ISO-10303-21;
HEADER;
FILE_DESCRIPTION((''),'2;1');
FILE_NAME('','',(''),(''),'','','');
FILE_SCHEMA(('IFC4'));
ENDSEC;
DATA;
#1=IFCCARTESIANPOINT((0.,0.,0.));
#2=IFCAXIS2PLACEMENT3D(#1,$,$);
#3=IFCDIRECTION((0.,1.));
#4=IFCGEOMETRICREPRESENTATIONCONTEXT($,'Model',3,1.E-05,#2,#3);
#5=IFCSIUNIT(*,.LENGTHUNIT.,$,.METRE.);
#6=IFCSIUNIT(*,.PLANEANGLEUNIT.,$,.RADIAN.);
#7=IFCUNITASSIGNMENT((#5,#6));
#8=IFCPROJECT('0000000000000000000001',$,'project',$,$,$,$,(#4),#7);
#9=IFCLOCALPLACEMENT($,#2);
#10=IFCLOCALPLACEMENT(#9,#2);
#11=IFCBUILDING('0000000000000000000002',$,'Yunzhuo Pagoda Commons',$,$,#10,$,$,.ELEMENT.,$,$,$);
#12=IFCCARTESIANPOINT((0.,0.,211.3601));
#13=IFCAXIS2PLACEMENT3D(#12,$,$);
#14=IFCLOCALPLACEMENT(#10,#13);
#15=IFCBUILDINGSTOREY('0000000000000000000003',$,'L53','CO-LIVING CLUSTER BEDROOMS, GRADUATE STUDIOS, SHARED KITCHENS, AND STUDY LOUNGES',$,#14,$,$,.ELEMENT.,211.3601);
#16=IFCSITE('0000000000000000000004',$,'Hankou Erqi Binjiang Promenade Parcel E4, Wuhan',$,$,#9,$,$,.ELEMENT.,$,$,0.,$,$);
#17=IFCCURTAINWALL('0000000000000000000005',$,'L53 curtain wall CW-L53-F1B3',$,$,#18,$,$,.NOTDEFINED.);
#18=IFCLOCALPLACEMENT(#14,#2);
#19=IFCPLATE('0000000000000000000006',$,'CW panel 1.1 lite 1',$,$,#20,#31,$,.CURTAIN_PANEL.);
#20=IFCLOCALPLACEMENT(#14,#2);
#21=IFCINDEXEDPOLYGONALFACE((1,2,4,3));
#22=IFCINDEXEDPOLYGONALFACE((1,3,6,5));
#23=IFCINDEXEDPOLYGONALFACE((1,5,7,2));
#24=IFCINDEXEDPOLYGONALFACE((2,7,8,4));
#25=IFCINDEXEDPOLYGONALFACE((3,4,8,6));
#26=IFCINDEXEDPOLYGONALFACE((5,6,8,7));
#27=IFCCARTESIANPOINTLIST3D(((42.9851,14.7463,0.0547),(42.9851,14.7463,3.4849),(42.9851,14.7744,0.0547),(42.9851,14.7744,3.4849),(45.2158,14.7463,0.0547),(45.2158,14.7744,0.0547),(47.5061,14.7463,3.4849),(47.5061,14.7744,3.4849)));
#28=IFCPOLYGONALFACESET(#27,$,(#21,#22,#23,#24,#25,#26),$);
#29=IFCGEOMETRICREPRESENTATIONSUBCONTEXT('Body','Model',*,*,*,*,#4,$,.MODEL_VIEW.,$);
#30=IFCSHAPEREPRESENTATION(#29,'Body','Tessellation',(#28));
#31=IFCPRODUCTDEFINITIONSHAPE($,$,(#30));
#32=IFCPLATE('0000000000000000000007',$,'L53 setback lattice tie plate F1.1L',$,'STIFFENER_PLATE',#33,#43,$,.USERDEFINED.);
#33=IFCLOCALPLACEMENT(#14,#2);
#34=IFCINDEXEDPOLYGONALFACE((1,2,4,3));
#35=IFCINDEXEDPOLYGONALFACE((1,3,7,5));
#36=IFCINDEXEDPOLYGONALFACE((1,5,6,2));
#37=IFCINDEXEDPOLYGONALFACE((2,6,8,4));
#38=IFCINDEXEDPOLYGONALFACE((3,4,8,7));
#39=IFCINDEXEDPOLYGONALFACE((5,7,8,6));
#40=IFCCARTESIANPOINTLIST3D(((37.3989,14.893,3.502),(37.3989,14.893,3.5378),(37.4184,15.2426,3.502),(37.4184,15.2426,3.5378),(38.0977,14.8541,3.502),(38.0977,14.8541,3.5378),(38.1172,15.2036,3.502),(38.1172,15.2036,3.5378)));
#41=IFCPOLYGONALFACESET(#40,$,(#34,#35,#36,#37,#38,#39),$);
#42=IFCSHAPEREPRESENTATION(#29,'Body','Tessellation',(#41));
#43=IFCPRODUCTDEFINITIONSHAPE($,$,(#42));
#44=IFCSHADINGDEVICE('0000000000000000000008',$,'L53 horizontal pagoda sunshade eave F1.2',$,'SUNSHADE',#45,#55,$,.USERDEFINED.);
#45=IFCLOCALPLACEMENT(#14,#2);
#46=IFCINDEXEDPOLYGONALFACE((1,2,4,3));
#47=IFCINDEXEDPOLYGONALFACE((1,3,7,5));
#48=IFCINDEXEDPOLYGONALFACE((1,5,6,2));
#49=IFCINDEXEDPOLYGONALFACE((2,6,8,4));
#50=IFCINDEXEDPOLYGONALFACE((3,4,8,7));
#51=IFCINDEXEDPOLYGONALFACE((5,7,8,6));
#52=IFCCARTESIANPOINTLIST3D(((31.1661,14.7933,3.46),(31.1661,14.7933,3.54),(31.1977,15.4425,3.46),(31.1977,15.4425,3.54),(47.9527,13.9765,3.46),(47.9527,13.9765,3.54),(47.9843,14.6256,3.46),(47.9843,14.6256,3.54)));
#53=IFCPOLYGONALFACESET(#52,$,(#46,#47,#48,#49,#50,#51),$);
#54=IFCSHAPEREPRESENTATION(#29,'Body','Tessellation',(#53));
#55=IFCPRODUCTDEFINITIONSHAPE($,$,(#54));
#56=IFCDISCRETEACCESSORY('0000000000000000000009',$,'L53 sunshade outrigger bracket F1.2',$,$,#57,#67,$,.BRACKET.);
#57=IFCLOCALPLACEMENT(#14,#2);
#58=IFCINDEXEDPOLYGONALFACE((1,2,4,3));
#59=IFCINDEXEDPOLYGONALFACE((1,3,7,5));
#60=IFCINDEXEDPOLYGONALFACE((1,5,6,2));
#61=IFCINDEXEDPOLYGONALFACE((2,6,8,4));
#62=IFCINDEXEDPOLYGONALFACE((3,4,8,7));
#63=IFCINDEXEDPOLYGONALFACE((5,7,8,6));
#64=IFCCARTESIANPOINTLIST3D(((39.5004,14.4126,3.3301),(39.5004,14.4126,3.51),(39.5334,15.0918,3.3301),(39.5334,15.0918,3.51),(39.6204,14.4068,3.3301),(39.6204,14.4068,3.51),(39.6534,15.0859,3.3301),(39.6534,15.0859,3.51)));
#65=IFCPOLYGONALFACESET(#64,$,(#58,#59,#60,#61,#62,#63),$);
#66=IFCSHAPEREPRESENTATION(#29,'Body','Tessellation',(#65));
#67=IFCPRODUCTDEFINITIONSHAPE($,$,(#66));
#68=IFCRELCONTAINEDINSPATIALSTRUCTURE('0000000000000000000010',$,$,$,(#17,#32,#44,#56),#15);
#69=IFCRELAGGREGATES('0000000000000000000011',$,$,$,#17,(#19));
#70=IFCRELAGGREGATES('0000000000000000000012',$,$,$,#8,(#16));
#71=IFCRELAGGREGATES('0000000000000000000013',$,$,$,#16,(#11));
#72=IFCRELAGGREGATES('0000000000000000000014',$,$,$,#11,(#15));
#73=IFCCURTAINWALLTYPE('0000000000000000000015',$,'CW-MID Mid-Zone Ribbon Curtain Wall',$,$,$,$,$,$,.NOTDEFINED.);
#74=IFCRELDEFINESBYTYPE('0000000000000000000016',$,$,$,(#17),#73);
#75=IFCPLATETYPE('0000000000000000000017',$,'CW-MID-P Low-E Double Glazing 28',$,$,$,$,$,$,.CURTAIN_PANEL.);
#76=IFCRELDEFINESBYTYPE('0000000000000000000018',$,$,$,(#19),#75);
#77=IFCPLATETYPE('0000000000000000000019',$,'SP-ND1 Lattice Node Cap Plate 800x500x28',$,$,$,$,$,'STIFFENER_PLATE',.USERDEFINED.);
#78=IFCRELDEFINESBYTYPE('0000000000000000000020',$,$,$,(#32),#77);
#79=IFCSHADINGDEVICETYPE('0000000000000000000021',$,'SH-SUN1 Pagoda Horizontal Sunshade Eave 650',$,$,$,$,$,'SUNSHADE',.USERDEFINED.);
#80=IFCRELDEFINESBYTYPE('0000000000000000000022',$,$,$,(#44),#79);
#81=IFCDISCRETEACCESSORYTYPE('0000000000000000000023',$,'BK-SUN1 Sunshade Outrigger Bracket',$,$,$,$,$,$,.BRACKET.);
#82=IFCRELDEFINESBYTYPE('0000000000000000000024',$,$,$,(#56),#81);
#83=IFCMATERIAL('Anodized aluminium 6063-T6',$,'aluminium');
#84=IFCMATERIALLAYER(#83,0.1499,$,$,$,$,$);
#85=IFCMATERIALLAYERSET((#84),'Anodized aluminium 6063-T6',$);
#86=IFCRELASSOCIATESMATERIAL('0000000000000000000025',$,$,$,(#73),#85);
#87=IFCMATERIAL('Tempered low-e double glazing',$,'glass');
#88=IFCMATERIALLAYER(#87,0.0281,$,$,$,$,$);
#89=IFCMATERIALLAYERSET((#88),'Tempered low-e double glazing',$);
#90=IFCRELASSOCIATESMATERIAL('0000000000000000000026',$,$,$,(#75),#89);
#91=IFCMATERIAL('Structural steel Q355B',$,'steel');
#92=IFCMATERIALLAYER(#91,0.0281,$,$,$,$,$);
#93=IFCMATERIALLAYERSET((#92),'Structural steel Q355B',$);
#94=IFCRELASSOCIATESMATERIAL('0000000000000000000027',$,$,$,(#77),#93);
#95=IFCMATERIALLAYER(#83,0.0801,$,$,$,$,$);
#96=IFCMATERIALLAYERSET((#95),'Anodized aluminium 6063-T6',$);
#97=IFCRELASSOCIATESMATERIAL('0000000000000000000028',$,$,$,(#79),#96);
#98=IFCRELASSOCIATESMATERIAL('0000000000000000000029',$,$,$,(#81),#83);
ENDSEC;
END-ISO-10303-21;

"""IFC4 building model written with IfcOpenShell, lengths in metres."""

from ifc_helpers import new_model, si_unit, direction, frame, origin, origin_2d, place, context, subcontext, project, spatial, polyline, rectangle, outline, extrude, source, transform, mapped, material, layer, layer_set, type_object, element, aggregate, save


model = new_model("IFC4")

# Units and contexts
model_context = context("Model", 3, precision=1e-05, world=origin(), true_north=direction((0.0, 1.0)))
body_context = subcontext(model_context, "Body", "Model", "MODEL_VIEW")
ifc_project = project(units=[si_unit("LENGTHUNIT", "METRE"), si_unit("PLANEANGLEUNIT", "RADIAN")], contexts=[model_context])

# Site, building, storey
site_placement = place(None, origin())
site = spatial("IfcSite", under=ifc_project, at=site_placement, Name="Hankou Erqi Binjiang Promenade Parcel E4, Wuhan", CompositionType="ELEMENT", RefElevation=0.0)
building_placement = place(site_placement, origin())
building = spatial("IfcBuilding", under=site, at=building_placement, Name="Yunzhuo Pagoda Commons", CompositionType="ELEMENT")
storey_placement = place(building_placement, frame((0.0, 0.0, 211.3601)))
storey = spatial("IfcBuildingStorey", under=building, at=storey_placement, Name="L53", Description="CO-LIVING CLUSTER BEDROOMS, GRADUATE STUDIOS, SHARED KITCHENS, AND STUDY LOUNGES", CompositionType="ELEMENT", Elevation=211.3601)

# Shared definitions
ifc_material_1 = material(Name="Structural steel Q355B", Category="steel")

# Shared definitions
ifc_material_2 = material(Name="Anodized aluminium 6063-T6", Category="aluminium")
ifc_layer_1 = layer(ifc_material_2, 0.1499)
ifc_layer_set_1 = layer_set([ifc_layer_1], Name="Anodized aluminium 6063-T6")
curtain_wall_type = type_object("IfcCurtainWallType", Name="CW-MID Mid-Zone Ribbon Curtain Wall", PredefinedType="NOTDEFINED", material=ifc_layer_set_1)

# Curtain wall
curtain_wall_1_placement = place(storey_placement, origin())
curtain_wall_1 = element("IfcCurtainWall", 1, at=curtain_wall_1_placement, inside=storey, type_object=curtain_wall_type, Name="L53 curtain wall CW-L53-F1B3", PredefinedType="NOTDEFINED")

# Plates
ifc_material_3 = material(Name="Tempered low-e double glazing", Category="glass")
ifc_layer_2 = layer(ifc_material_3, 0.0281)
ifc_layer_set_2 = layer_set([ifc_layer_2], Name="Tempered low-e double glazing")
plate_type_1 = type_object("IfcPlateType", Name="CW-MID-P Low-E Double Glazing 28", PredefinedType="CURTAIN_PANEL", material=ifc_layer_set_2)
plate_1_placement = place(storey_placement, frame((45.2456, 14.7744, 1.7698), z_axis=(0.0, -1.0, 0.0), x_axis=(1.0, 0.0, 0.0)))
plate_1 = element("IfcPlate", 2, at=plate_1_placement, type_object=plate_type_1, Name="CW panel 1.1 lite 1", PredefinedType="CURTAIN_PANEL", context=body_context, shape_type="SweptSolid", body=[
    extrude(outline(polyline([(-2.2605, -1.7151), (-0.0298, -1.7151), (2.2605, 1.7151), (-2.2605, 1.7151), (-2.2605, -1.7151)])), origin(), (0.0, 0.0, 1.0), 0.0281),
])
aggregate(curtain_wall_1, [plate_1])
ifc_layer_3 = layer(ifc_material_1, 0.0281)
ifc_layer_set_3 = layer_set([ifc_layer_3], Name="Structural steel Q355B")
plate_type_2 = type_object("IfcPlateType", Name="SP-ND1 Lattice Node Cap Plate 800x500x28", ElementType="STIFFENER_PLATE", PredefinedType="USERDEFINED", material=ifc_layer_set_3)
shared_shape_1 = source(origin(), body_context, "Body", "SweptSolid", [
    extrude(rectangle(XDim=0.7, YDim=0.3501, at=origin_2d()), origin(), (0.0, 0.0, 1.0), 0.0359),
])
plate_2_placement = place(storey_placement, frame((37.7581, 15.0483, 3.502), z_axis=(0.0, 0.0, 1.0), x_axis=(0.99845, -0.055647, 0.0)))
element("IfcPlate", 3, at=plate_2_placement, inside=storey, type_object=plate_type_2, Name="L53 setback lattice tie plate F1.1L", ObjectType="STIFFENER_PLATE", PredefinedType="USERDEFINED", context=body_context, shape_type="MappedRepresentation", body=[
    mapped(shared_shape_1, transform((0.0, 0.0, 0.0), scale=1.0)),
])

# Shading device
ifc_layer_4 = layer(ifc_material_2, 0.0801)
ifc_layer_set_4 = layer_set([ifc_layer_4], Name="Anodized aluminium 6063-T6")
shading_device_type = type_object("IfcShadingDeviceType", Name="SH-SUN1 Pagoda Horizontal Sunshade Eave 650", ElementType="SUNSHADE", PredefinedType="USERDEFINED", material=ifc_layer_set_4)
shared_shape_2 = source(origin(), body_context, "Body", "SweptSolid", [
    extrude(rectangle(XDim=16.8064, YDim=0.6499, at=origin_2d()), origin(), (0.0, 0.0, 1.0), 0.0801),
])
shading_device_placement = place(storey_placement, frame((39.5752, 14.7095, 3.46), z_axis=(0.0, 0.0, 1.0), x_axis=(0.998818, -0.048606, 0.0)))
element("IfcShadingDevice", 4, at=shading_device_placement, inside=storey, type_object=shading_device_type, Name="L53 horizontal pagoda sunshade eave F1.2", ObjectType="SUNSHADE", PredefinedType="USERDEFINED", context=body_context, shape_type="MappedRepresentation", body=[
    mapped(shared_shape_2, transform((0.0, 0.0, 0.0), scale=1.0)),
])

# Discrete accessory
discrete_accessory_type = type_object("IfcDiscreteAccessoryType", Name="BK-SUN1 Sunshade Outrigger Bracket", PredefinedType="BRACKET", material=ifc_material_2)
shared_shape_3 = source(origin(), body_context, "Body", "SweptSolid", [
    extrude(rectangle(XDim=0.1201, YDim=0.6799, at=origin_2d()), origin(), (0.0, 0.0, 1.0), 0.1799),
])
discrete_accessory_placement = place(storey_placement, frame((39.5769, 14.7493, 3.3301), z_axis=(0.0, 0.0, 1.0), x_axis=(0.998818, -0.048606, 0.0)))
element("IfcDiscreteAccessory", 5, at=discrete_accessory_placement, inside=storey, type_object=discrete_accessory_type, Name="L53 sunshade outrigger bracket F1.2", PredefinedType="BRACKET", context=body_context, shape_type="MappedRepresentation", body=[
    mapped(shared_shape_3, transform((0.0, 0.0, 0.0), scale=1.0)),
])

save(model, "model.ifc")
